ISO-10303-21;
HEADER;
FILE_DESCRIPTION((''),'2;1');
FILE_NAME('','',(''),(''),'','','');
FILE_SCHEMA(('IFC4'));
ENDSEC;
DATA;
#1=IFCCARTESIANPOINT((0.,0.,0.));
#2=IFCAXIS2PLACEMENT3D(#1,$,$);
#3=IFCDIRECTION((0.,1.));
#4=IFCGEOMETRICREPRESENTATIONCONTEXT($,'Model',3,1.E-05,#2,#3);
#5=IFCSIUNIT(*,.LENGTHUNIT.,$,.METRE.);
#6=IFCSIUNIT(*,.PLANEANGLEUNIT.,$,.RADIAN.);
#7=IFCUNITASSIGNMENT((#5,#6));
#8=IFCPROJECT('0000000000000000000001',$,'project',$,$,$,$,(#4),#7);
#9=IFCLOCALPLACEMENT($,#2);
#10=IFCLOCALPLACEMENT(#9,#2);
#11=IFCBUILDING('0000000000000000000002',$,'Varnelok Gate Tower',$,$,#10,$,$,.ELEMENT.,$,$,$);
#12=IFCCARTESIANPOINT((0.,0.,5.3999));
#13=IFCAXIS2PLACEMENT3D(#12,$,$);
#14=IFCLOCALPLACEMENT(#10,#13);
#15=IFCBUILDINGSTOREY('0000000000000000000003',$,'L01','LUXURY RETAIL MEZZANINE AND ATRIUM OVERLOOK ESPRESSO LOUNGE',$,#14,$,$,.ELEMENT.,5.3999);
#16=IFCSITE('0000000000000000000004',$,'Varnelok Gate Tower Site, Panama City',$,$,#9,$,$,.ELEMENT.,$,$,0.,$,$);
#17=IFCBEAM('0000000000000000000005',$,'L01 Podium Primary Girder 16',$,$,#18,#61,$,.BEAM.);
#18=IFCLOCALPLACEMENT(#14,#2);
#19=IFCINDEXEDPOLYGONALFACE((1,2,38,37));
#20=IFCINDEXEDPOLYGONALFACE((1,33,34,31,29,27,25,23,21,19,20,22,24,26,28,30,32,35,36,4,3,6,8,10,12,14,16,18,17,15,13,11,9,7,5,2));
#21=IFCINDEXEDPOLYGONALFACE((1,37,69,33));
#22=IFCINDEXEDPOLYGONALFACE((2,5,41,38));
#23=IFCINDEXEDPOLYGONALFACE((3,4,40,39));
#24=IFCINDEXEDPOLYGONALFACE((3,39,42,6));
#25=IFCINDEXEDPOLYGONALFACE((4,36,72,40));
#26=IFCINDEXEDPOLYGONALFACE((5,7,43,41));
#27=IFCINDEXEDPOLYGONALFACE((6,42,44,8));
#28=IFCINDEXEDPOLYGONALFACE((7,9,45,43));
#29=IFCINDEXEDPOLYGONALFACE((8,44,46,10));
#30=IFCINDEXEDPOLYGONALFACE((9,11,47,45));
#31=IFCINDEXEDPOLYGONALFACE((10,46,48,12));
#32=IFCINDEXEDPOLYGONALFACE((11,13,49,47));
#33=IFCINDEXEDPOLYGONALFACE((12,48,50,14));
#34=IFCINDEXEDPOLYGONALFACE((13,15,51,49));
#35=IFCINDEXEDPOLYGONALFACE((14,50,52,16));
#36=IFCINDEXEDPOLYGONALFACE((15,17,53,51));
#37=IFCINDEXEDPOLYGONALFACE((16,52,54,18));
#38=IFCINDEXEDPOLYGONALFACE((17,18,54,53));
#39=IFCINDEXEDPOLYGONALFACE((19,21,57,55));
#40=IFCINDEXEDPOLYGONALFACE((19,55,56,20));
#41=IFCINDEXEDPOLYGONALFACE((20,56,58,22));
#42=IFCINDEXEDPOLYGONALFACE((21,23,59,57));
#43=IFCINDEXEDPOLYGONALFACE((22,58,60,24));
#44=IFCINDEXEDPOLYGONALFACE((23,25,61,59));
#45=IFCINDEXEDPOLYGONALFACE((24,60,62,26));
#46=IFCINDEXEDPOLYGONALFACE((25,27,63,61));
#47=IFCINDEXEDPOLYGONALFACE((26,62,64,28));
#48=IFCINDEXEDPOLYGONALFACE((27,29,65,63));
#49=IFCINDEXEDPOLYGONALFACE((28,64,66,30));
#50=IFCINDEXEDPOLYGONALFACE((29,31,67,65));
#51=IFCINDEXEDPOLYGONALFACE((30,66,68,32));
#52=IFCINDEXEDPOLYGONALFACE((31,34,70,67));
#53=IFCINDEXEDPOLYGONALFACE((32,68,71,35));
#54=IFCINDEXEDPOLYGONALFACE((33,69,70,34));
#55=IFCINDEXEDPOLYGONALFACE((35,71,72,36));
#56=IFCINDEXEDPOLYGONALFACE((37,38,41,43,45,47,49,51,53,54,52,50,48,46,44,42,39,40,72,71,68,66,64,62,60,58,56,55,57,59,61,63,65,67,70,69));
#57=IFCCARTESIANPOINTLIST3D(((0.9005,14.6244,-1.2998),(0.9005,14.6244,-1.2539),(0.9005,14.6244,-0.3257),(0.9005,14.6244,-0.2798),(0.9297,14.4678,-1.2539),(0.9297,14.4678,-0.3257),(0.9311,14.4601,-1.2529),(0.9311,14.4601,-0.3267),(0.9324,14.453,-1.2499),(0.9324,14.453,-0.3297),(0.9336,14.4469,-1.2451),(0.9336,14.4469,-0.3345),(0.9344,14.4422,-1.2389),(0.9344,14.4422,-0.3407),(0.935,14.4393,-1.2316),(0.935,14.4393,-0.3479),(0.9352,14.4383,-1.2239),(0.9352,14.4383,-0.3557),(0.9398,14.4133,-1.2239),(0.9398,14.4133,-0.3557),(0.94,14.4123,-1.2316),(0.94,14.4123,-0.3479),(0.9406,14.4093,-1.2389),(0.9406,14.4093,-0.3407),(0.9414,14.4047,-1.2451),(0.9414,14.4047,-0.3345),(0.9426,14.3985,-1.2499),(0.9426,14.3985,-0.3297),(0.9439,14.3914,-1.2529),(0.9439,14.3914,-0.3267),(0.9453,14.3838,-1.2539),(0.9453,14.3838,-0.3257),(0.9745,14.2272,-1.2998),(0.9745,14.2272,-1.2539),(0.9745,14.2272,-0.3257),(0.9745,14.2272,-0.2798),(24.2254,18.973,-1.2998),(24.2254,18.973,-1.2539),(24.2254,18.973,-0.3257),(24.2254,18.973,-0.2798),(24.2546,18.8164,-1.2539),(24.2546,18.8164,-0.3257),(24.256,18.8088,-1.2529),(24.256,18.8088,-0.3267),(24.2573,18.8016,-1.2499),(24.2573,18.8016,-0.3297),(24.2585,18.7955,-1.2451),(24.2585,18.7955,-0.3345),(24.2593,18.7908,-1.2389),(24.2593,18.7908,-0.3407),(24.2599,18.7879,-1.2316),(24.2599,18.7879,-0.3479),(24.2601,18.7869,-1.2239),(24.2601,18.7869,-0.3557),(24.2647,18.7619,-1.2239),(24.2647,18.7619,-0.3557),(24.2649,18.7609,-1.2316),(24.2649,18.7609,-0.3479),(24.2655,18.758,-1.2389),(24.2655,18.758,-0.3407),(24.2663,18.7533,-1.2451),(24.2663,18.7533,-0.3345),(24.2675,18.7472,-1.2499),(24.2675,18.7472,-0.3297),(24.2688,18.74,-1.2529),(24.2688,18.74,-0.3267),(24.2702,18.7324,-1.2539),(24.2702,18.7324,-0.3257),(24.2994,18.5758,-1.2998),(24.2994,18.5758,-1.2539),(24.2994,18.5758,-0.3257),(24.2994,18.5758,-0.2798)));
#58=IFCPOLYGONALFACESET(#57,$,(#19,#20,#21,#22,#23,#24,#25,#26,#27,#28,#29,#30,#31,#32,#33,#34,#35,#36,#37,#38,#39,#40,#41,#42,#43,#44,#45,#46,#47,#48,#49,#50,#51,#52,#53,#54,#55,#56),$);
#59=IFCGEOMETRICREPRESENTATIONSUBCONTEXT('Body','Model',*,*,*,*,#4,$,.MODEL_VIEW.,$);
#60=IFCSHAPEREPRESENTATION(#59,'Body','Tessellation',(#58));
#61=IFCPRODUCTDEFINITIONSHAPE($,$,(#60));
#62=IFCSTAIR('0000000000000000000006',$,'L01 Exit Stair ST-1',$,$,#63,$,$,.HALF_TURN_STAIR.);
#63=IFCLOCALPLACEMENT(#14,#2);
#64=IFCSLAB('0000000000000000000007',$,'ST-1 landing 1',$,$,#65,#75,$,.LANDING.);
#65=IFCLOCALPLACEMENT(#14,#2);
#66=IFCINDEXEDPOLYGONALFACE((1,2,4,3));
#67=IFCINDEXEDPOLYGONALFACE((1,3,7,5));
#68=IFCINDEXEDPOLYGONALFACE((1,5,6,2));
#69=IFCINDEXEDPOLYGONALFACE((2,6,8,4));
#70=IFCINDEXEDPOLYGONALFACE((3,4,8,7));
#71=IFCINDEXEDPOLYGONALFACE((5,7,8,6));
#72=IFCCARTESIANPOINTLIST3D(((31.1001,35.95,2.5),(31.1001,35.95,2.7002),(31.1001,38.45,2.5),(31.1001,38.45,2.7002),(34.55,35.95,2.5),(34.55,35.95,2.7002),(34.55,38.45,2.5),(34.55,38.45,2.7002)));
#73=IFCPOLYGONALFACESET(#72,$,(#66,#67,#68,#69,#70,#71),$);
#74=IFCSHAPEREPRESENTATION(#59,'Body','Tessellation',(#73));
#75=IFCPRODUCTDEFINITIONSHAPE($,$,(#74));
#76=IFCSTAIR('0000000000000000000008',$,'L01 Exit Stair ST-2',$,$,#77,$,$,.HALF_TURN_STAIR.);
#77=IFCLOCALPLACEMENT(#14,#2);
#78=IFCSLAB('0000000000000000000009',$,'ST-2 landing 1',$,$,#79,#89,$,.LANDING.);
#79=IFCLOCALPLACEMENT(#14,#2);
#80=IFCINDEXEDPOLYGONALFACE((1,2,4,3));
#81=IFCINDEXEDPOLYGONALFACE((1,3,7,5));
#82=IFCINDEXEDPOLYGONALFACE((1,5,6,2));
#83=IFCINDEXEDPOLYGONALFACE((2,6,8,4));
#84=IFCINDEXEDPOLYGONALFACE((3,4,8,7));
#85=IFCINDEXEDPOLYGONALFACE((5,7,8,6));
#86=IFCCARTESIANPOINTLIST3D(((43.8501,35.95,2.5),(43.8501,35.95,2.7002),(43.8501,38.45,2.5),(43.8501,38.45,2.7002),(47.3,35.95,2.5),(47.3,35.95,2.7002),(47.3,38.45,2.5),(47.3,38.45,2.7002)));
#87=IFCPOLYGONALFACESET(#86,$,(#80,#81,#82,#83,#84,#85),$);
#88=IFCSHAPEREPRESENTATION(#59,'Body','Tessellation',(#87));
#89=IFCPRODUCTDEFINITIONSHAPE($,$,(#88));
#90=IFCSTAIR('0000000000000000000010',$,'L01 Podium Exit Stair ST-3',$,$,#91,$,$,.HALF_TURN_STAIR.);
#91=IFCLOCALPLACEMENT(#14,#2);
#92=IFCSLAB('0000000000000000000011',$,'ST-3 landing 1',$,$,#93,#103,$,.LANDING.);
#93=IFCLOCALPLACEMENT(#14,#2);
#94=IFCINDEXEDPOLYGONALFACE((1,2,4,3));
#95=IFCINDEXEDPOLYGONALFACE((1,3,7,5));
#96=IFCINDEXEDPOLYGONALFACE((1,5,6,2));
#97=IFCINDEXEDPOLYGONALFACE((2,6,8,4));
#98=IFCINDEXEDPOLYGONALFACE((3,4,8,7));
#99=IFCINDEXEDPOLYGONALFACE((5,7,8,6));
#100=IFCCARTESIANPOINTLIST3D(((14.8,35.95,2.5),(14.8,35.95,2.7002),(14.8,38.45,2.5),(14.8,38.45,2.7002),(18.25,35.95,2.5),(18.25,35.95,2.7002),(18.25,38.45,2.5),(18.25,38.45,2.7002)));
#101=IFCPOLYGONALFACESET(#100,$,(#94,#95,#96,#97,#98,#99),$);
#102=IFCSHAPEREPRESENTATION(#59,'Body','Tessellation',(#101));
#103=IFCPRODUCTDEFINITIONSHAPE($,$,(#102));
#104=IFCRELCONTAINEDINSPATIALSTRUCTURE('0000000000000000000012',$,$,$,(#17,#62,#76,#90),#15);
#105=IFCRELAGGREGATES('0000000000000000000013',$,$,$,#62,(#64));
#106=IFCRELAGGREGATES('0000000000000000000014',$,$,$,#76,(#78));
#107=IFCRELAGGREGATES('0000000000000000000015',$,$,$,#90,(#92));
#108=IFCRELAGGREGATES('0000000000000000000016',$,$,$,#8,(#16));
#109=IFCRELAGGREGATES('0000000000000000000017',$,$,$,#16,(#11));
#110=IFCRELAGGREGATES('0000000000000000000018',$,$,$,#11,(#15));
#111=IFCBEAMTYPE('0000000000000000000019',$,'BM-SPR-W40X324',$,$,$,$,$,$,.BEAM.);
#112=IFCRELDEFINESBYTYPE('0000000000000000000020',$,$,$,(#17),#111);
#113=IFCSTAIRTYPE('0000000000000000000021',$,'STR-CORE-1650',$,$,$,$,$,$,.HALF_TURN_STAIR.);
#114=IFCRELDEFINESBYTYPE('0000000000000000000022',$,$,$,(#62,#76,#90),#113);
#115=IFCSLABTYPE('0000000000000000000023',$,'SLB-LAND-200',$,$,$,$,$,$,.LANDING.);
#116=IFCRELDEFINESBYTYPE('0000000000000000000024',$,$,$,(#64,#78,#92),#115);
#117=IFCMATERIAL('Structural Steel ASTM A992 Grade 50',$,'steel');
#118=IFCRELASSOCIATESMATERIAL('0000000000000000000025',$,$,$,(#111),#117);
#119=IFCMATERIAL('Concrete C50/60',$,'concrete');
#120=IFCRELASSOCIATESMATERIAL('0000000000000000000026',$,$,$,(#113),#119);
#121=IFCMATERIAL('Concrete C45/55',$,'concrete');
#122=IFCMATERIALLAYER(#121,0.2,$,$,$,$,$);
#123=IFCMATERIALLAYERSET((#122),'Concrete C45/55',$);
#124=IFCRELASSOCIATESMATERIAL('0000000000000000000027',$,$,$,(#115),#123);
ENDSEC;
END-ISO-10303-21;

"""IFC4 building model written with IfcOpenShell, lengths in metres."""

from ifc_helpers import new_model, si_unit, direction, frame, origin, origin_2d, place, context, subcontext, project, spatial, polyline, i_section, outline, extrude, material, layer, layer_set, material_profile, profile_set, type_object, element, aggregate, save


model = new_model("IFC4")

# Units and contexts
model_context = context("Model", 3, precision=1e-05, world=origin(), true_north=direction((0.0, 1.0)))
body_context = subcontext(model_context, "Body", "Model", "MODEL_VIEW")
ifc_project = project(units=[si_unit("LENGTHUNIT", "METRE"), si_unit("PLANEANGLEUNIT", "RADIAN")], contexts=[model_context])

# Site, building, storey
site_placement = place(None, origin())
site = spatial("IfcSite", under=ifc_project, at=site_placement, Name="Varnelok Gate Tower Site, Panama City", CompositionType="ELEMENT", RefElevation=0.0)
building_placement = place(site_placement, origin())
building = spatial("IfcBuilding", under=site, at=building_placement, Name="Varnelok Gate Tower", CompositionType="ELEMENT")
storey_placement = place(building_placement, frame((0.0, 0.0, 5.3999)))
storey = spatial("IfcBuildingStorey", under=building, at=storey_placement, Name="L01", Description="LUXURY RETAIL MEZZANINE AND ATRIUM OVERLOOK ESPRESSO LOUNGE", CompositionType="ELEMENT", Elevation=5.3999)

# Beam
ifc_material_1 = material(Name="Structural Steel ASTM A992 Grade 50", Category="steel")
ifc_material_profile_1 = material_profile(ifc_material_1, i_section(OverallWidth=0.4041, OverallDepth=1.02, WebThickness=0.0254, FlangeThickness=0.0459, FilletRadius=0.03, at=origin_2d()), Name="W40X324")
ifc_profile_set_1 = profile_set([ifc_material_profile_1], Name="Structural Steel ASTM A992 Grade 50")
beam_type_1 = type_object("IfcBeamType", Name="BM-SPR-W40X324", PredefinedType="BEAM", material=ifc_profile_set_1)
beam_1_placement = place(storey_placement, frame((0.9375, 14.4258, -0.7898), z_axis=(0.983061, 0.183279, 0.0), x_axis=(-0.183279, 0.983061, 0.0)))
element("IfcBeam", 1, at=beam_1_placement, inside=storey, type_object=beam_type_1, Name="L01 Podium Primary Girder 16", PredefinedType="BEAM", context=body_context, shape_type="SweptSolid", body=[
    extrude(i_section(OverallWidth=0.4041, OverallDepth=1.02, WebThickness=0.0254, FlangeThickness=0.0459, FilletRadius=0.03, at=origin_2d()), origin(), (0.0, 0.0, 1.0), 23.7268),
])

# Stairs, slabs
ifc_material_2 = material(Name="Concrete C50/60", Category="concrete")
stair_type = type_object("IfcStairType", Name="STR-CORE-1650", PredefinedType="HALF_TURN_STAIR", material=ifc_material_2)
stair_1_placement = place(storey_placement, origin())
stair_1 = element("IfcStair", 2, at=stair_1_placement, inside=storey, type_object=stair_type, Name="L01 Exit Stair ST-1", PredefinedType="HALF_TURN_STAIR")
ifc_material_3 = material(Name="Concrete C45/55", Category="concrete")
ifc_layer_1 = layer(ifc_material_3, 0.2)
ifc_layer_set_1 = layer_set([ifc_layer_1], Name="Concrete C45/55")
slab_type_1 = type_object("IfcSlabType", Name="SLB-LAND-200", PredefinedType="LANDING", material=ifc_layer_set_1)
slab_1_placement = place(storey_placement, frame((0.0, 0.0, 2.5)))
slab_1 = element("IfcSlab", 3, at=slab_1_placement, type_object=slab_type_1, Name="ST-1 landing 1", PredefinedType="LANDING", context=body_context, shape_type="SweptSolid", body=[
    extrude(outline(polyline([(34.55, 35.95), (34.55, 38.45), (31.1001, 38.45), (31.1001, 35.95), (34.55, 35.95)])), origin(), (0.0, 0.0, 1.0), 0.2002),
])
aggregate(stair_1, [slab_1])
stair_2_placement = place(storey_placement, origin())
stair_2 = element("IfcStair", 4, at=stair_2_placement, inside=storey, type_object=stair_type, Name="L01 Exit Stair ST-2", PredefinedType="HALF_TURN_STAIR")
slab_2_placement = place(storey_placement, frame((0.0, 0.0, 2.5)))
slab_2 = element("IfcSlab", 5, at=slab_2_placement, type_object=slab_type_1, Name="ST-2 landing 1", PredefinedType="LANDING", context=body_context, shape_type="SweptSolid", body=[
    extrude(outline(polyline([(47.3, 35.95), (47.3, 38.45), (43.8501, 38.45), (43.8501, 35.95), (47.3, 35.95)])), origin(), (0.0, 0.0, 1.0), 0.2002),
])
aggregate(stair_2, [slab_2])
stair_3_placement = place(storey_placement, origin())
stair_3 = element("IfcStair", 6, at=stair_3_placement, inside=storey, type_object=stair_type, Name="L01 Podium Exit Stair ST-3", PredefinedType="HALF_TURN_STAIR")
slab_3_placement = place(storey_placement, frame((0.0, 0.0, 2.5)))
slab_3 = element("IfcSlab", 7, at=slab_3_placement, type_object=slab_type_1, Name="ST-3 landing 1", PredefinedType="LANDING", context=body_context, shape_type="SweptSolid", body=[
    extrude(outline(polyline([(18.25, 35.95), (18.25, 38.45), (14.8, 38.45), (14.8, 35.95), (18.25, 35.95)])), origin(), (0.0, 0.0, 1.0), 0.2002),
])
aggregate(stair_3, [slab_3])

save(model, "model.ifc")
